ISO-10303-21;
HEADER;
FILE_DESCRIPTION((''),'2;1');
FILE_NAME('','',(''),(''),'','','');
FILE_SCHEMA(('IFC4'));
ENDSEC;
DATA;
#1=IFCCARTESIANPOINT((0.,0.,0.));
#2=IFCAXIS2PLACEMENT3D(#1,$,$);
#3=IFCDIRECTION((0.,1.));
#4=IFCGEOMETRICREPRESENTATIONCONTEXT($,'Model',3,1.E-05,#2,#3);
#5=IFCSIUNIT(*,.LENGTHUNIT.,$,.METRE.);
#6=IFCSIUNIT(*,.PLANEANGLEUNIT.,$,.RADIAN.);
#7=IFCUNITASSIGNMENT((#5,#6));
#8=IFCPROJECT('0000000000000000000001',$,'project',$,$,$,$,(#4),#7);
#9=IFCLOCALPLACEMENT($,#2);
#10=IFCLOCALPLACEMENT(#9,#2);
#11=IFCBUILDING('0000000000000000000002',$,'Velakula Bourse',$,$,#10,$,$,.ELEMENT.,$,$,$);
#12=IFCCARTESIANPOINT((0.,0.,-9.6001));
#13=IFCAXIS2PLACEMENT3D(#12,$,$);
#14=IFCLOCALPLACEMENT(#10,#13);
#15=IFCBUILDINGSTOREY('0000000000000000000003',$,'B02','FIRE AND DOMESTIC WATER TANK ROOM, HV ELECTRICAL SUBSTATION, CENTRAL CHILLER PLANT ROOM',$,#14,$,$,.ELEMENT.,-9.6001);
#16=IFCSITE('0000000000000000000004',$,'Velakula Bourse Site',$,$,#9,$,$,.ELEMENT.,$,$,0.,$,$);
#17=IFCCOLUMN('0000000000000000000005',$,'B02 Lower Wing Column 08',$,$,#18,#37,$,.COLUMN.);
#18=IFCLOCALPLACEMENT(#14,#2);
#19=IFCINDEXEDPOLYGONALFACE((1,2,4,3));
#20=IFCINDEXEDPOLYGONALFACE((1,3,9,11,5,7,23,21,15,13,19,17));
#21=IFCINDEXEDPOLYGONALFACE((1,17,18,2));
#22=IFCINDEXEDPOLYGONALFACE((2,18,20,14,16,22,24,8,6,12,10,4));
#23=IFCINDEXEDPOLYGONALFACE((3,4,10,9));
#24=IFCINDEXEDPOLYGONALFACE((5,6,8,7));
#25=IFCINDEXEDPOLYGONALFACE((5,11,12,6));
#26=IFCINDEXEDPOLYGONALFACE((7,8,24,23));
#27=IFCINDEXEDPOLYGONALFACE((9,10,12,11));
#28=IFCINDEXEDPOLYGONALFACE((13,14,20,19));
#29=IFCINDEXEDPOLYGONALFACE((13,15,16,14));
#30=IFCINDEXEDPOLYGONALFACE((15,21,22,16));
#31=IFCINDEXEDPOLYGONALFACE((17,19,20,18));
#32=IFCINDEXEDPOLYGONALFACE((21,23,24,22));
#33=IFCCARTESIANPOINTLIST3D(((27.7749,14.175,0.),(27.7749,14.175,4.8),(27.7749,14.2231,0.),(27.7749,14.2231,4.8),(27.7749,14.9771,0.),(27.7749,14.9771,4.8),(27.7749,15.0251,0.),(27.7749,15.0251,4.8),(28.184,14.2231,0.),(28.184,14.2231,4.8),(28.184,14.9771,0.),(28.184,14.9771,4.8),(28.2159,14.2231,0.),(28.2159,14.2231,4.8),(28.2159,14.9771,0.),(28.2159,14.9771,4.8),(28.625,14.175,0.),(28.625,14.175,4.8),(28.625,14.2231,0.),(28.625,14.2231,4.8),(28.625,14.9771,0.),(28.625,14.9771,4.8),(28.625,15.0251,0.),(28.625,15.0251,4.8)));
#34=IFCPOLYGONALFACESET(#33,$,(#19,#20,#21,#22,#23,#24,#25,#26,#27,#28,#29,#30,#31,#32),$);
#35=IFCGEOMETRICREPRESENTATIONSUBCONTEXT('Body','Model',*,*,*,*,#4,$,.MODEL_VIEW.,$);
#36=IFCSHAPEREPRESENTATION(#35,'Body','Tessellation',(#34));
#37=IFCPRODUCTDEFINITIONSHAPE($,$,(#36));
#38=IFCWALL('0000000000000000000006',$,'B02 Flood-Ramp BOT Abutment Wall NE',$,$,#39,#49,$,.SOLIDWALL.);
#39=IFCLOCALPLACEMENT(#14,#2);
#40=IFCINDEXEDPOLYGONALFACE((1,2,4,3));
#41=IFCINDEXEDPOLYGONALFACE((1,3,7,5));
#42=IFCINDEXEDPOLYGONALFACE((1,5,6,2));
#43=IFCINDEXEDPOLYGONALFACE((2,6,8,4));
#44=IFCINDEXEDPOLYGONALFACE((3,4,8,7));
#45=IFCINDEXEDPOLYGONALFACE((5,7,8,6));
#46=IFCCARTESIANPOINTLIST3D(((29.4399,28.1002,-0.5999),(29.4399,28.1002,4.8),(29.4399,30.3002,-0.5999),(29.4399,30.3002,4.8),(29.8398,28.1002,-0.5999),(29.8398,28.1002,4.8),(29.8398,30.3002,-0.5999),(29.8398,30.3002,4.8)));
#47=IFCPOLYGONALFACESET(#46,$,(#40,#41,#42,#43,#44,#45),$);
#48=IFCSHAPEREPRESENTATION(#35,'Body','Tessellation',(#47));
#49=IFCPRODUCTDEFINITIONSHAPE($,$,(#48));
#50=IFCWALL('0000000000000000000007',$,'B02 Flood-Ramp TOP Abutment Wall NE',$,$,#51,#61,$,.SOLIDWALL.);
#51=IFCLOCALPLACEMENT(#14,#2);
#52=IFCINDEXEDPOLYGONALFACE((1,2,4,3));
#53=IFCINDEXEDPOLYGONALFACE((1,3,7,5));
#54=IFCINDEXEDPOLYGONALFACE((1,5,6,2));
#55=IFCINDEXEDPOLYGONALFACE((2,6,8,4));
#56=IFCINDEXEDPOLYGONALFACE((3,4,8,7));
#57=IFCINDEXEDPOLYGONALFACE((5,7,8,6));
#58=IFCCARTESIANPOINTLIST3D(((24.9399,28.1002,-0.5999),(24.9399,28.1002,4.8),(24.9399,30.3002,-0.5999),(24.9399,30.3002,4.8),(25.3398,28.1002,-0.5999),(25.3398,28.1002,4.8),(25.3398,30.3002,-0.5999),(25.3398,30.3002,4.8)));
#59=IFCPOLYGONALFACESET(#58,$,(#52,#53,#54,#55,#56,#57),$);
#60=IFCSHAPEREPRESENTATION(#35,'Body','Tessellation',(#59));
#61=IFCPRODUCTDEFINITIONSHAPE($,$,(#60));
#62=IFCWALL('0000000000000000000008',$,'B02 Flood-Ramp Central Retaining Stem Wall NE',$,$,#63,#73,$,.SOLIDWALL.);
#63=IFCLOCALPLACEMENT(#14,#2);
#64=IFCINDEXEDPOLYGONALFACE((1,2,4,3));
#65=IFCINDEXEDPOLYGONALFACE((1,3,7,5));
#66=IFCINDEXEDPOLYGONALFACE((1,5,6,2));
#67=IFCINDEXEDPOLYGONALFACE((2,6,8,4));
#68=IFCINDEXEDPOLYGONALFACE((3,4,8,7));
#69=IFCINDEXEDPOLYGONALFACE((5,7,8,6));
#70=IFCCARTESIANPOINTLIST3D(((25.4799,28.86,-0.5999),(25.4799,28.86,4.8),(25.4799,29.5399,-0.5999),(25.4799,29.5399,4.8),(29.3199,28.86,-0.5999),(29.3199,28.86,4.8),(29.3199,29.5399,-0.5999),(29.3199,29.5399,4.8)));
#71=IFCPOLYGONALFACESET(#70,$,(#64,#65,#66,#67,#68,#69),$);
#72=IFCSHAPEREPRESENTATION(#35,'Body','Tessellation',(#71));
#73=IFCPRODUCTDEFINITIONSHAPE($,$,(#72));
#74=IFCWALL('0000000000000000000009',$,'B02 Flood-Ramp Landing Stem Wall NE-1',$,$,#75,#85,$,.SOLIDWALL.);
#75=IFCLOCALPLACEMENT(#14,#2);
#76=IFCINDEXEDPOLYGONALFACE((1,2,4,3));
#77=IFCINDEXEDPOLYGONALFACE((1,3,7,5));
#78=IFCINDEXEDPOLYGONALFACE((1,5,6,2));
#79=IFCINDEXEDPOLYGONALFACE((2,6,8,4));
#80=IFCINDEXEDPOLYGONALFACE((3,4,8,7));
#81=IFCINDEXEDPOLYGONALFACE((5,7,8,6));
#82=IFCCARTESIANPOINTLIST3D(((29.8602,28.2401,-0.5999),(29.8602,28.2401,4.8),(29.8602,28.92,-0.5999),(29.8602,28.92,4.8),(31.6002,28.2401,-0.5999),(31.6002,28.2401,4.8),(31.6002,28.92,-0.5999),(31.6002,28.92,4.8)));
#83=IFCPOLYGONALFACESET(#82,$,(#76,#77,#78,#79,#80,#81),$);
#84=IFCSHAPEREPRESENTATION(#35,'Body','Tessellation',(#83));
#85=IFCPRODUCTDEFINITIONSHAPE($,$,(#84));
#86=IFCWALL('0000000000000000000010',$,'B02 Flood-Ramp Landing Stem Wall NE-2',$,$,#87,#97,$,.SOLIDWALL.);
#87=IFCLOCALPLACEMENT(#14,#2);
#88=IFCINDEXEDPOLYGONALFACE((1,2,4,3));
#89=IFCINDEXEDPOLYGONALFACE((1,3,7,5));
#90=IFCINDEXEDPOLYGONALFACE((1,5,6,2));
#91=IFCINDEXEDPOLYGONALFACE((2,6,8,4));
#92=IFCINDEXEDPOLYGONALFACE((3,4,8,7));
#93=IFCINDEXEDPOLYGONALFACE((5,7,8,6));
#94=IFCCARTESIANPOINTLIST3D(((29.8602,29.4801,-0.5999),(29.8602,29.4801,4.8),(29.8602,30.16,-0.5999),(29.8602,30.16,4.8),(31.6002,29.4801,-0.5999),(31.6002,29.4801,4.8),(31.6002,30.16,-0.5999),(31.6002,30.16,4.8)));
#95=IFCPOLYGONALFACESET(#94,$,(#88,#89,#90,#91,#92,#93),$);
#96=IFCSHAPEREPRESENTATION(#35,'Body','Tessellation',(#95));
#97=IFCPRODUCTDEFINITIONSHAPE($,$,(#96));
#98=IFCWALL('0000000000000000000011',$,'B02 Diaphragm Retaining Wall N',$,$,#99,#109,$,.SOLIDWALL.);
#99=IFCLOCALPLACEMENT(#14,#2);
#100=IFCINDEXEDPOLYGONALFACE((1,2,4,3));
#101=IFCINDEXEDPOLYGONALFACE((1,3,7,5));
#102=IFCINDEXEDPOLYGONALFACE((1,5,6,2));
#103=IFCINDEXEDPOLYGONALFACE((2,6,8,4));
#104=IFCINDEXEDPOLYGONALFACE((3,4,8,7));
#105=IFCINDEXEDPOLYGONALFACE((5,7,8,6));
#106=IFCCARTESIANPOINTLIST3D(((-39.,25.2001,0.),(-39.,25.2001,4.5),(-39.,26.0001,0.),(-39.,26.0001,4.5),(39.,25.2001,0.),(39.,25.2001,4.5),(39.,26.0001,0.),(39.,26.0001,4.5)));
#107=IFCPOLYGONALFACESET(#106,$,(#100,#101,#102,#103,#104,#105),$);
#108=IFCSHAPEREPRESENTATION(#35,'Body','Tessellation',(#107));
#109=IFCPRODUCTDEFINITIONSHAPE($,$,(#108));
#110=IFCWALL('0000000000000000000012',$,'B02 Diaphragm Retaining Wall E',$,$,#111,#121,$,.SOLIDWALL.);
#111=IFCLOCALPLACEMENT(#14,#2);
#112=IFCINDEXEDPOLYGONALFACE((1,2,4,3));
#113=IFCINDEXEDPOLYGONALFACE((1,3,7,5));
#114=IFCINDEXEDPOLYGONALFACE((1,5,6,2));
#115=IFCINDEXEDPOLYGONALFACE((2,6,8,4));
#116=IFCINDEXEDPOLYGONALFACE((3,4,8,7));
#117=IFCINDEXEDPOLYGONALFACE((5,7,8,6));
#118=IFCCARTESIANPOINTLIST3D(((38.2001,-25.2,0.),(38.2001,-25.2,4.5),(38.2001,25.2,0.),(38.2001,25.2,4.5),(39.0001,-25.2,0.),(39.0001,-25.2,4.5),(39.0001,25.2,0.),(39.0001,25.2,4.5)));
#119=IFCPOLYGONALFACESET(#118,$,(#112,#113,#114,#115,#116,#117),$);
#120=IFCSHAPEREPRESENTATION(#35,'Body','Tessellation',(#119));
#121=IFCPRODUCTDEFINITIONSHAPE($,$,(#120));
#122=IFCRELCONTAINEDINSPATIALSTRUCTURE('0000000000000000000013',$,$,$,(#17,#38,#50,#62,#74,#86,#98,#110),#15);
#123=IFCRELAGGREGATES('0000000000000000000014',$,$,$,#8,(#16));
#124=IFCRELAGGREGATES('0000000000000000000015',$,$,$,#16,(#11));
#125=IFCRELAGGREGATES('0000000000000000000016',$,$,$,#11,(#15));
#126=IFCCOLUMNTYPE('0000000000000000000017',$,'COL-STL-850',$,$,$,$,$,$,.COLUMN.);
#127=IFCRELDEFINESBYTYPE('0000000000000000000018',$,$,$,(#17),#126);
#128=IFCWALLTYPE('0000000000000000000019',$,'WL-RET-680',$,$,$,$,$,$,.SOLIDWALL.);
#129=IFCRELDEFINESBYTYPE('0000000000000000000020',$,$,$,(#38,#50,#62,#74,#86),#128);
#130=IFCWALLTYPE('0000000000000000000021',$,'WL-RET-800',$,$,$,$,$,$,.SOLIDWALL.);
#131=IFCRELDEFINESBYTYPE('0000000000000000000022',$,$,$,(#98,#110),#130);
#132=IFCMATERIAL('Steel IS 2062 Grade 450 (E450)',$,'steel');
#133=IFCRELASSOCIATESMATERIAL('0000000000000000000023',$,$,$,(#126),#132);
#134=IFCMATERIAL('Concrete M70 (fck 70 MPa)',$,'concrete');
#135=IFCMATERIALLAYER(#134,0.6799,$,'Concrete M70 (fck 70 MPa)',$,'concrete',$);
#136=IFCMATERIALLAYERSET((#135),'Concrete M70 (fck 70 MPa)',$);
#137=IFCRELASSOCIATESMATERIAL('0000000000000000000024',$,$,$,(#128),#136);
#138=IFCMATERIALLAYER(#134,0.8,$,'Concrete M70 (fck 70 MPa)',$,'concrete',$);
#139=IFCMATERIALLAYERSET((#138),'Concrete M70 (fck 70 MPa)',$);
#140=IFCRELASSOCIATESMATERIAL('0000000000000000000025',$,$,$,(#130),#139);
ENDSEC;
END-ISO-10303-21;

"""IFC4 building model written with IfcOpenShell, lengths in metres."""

from ifc_helpers import new_model, si_unit, direction, frame, frame_2d, origin, origin_2d, place, context, subcontext, project, spatial, rectangle, i_section, extrude, material, layer, layer_set, material_profile, profile_set, type_object, element, save


model = new_model("IFC4")

# Units and contexts
model_context = context("Model", 3, precision=1e-05, world=origin(), true_north=direction((0.0, 1.0)))
body_context = subcontext(model_context, "Body", "Model", "MODEL_VIEW")
ifc_project = project(units=[si_unit("LENGTHUNIT", "METRE"), si_unit("PLANEANGLEUNIT", "RADIAN")], contexts=[model_context])

# Site, building, storey
site_placement = place(None, origin())
site = spatial("IfcSite", under=ifc_project, at=site_placement, Name="Velakula Bourse Site", CompositionType="ELEMENT", RefElevation=0.0)
building_placement = place(site_placement, origin())
building = spatial("IfcBuilding", under=site, at=building_placement, Name="Velakula Bourse", CompositionType="ELEMENT")
storey_placement = place(building_placement, frame((0.0, 0.0, -9.6001)))
storey = spatial("IfcBuildingStorey", under=building, at=storey_placement, Name="B02", Description="FIRE AND DOMESTIC WATER TANK ROOM, HV ELECTRICAL SUBSTATION, CENTRAL CHILLER PLANT ROOM", CompositionType="ELEMENT", Elevation=-9.6001)

# Shared definitions
ifc_material_1 = material(Name="Concrete M70 (fck 70 MPa)", Category="concrete")

# Column
ifc_material_2 = material(Name="Steel IS 2062 Grade 450 (E450)", Category="steel")
ifc_material_profile_1 = material_profile(ifc_material_2, i_section(OverallWidth=0.8501, OverallDepth=0.8501, WebThickness=0.032, FlangeThickness=0.0481, at=origin_2d()), Name="Steel IS 2062 Grade 450 (E450)")
ifc_profile_set_1 = profile_set([ifc_material_profile_1], Name="Steel IS 2062 Grade 450 (E450)")
column_type_1 = type_object("IfcColumnType", Name="COL-STL-850", PredefinedType="COLUMN", material=ifc_profile_set_1)
for number, where, z_axis, x_axis, name in (
    (1, (28.2, 14.6001, 0.0), (0.0, 0.0, 1.0), (1.0, 0.0, 0.0), "B02 Lower Wing Column 08"),
):
    element("IfcColumn", number, at=place(storey_placement, frame(where, z_axis=z_axis, x_axis=x_axis)), inside=storey, type_object=column_type_1, Name=name, PredefinedType="COLUMN", context=body_context, shape_type="SweptSolid", body=[
        extrude(i_section(OverallWidth=0.8501, OverallDepth=0.8501, WebThickness=0.032, FlangeThickness=0.0481, at=origin_2d()), origin(), (0.0, 0.0, 1.0), 4.8),
    ])

# Walls
ifc_layer_1 = layer(ifc_material_1, 0.6799, Name="Concrete M70 (fck 70 MPa)", Category="concrete")
ifc_layer_set_1 = layer_set([ifc_layer_1], Name="Concrete M70 (fck 70 MPa)")
wall_type_1 = type_object("IfcWallType", Name="WL-RET-680", PredefinedType="SOLIDWALL", material=ifc_layer_set_1)
for number, where, z_axis, x_axis, name in (
    (2, (29.6399, 28.1001, -0.5999), (0.0, 0.0, 1.0), (0.0, 1.0, 0.0), "B02 Flood-Ramp BOT Abutment Wall NE"),
    (3, (25.1399, 28.1001, -0.5999), (0.0, 0.0, 1.0), (0.0, 1.0, 0.0), "B02 Flood-Ramp TOP Abutment Wall NE"),
):
    element("IfcWall", number, at=place(storey_placement, frame(where, z_axis=z_axis, x_axis=x_axis)), inside=storey, type_object=wall_type_1, Name=name, PredefinedType="SOLIDWALL", context=body_context, shape_type="SweptSolid", body=[
        extrude(rectangle(XDim=2.2, YDim=0.3999, at=frame_2d((1.1001, 0.0))), origin(), (0.0, 0.0, 1.0), 5.3999),
    ])
wall_1_placement = place(storey_placement, frame((25.48, 29.2, -0.5999), z_axis=(0.0, 0.0, 1.0), x_axis=(1.0, 0.0, 0.0)))
element("IfcWall", 4, at=wall_1_placement, inside=storey, type_object=wall_type_1, Name="B02 Flood-Ramp Central Retaining Stem Wall NE", PredefinedType="SOLIDWALL", context=body_context, shape_type="SweptSolid", body=[
    extrude(rectangle(XDim=3.8401, YDim=0.6799, at=frame_2d((1.9199, 0.0))), origin(), (0.0, 0.0, 1.0), 5.3999),
])
for number, where, z_axis, x_axis, name in (
    (5, (29.8601, 28.5801, -0.5999), (0.0, 0.0, 1.0), (1.0, 0.0, 0.0), "B02 Flood-Ramp Landing Stem Wall NE-1"),
    (6, (29.8601, 29.8201, -0.5999), (0.0, 0.0, 1.0), (1.0, 0.0, 0.0), "B02 Flood-Ramp Landing Stem Wall NE-2"),
):
    element("IfcWall", number, at=place(storey_placement, frame(where, z_axis=z_axis, x_axis=x_axis)), inside=storey, type_object=wall_type_1, Name=name, PredefinedType="SOLIDWALL", context=body_context, shape_type="SweptSolid", body=[
        extrude(rectangle(XDim=1.74, YDim=0.6799, at=frame_2d((0.8701, 0.0))), origin(), (0.0, 0.0, 1.0), 5.3999),
    ])
ifc_layer_2 = layer(ifc_material_1, 0.8, Name="Concrete M70 (fck 70 MPa)", Category="concrete")
ifc_layer_set_2 = layer_set([ifc_layer_2], Name="Concrete M70 (fck 70 MPa)")
wall_type_2 = type_object("IfcWallType", Name="WL-RET-800", PredefinedType="SOLIDWALL", material=ifc_layer_set_2)
wall_2_placement = place(storey_placement, frame((39.0, 25.6001, 0.0), z_axis=(0.0, 0.0, 1.0), x_axis=(-1.0, 0.0, 0.0)))
element("IfcWall", 7, at=wall_2_placement, inside=storey, type_object=wall_type_2, Name="B02 Diaphragm Retaining Wall N", PredefinedType="SOLIDWALL", context=body_context, shape_type="SweptSolid", body=[
    extrude(rectangle(XDim=78.0, YDim=0.8, at=frame_2d((39.0, 0.0))), origin(), (0.0, 0.0, 1.0), 4.5),
])
wall_3_placement = place(storey_placement, frame((38.6001, 25.2, 0.0), z_axis=(0.0, 0.0, 1.0), x_axis=(0.0, -1.0, 0.0)))
element("IfcWall", 8, at=wall_3_placement, inside=storey, type_object=wall_type_2, Name="B02 Diaphragm Retaining Wall E", PredefinedType="SOLIDWALL", context=body_context, shape_type="SweptSolid", body=[
    extrude(rectangle(XDim=50.3999, YDim=0.8, at=frame_2d((25.2, 0.0))), origin(), (0.0, 0.0, 1.0), 4.5),
])

save(model, "model.ifc")
